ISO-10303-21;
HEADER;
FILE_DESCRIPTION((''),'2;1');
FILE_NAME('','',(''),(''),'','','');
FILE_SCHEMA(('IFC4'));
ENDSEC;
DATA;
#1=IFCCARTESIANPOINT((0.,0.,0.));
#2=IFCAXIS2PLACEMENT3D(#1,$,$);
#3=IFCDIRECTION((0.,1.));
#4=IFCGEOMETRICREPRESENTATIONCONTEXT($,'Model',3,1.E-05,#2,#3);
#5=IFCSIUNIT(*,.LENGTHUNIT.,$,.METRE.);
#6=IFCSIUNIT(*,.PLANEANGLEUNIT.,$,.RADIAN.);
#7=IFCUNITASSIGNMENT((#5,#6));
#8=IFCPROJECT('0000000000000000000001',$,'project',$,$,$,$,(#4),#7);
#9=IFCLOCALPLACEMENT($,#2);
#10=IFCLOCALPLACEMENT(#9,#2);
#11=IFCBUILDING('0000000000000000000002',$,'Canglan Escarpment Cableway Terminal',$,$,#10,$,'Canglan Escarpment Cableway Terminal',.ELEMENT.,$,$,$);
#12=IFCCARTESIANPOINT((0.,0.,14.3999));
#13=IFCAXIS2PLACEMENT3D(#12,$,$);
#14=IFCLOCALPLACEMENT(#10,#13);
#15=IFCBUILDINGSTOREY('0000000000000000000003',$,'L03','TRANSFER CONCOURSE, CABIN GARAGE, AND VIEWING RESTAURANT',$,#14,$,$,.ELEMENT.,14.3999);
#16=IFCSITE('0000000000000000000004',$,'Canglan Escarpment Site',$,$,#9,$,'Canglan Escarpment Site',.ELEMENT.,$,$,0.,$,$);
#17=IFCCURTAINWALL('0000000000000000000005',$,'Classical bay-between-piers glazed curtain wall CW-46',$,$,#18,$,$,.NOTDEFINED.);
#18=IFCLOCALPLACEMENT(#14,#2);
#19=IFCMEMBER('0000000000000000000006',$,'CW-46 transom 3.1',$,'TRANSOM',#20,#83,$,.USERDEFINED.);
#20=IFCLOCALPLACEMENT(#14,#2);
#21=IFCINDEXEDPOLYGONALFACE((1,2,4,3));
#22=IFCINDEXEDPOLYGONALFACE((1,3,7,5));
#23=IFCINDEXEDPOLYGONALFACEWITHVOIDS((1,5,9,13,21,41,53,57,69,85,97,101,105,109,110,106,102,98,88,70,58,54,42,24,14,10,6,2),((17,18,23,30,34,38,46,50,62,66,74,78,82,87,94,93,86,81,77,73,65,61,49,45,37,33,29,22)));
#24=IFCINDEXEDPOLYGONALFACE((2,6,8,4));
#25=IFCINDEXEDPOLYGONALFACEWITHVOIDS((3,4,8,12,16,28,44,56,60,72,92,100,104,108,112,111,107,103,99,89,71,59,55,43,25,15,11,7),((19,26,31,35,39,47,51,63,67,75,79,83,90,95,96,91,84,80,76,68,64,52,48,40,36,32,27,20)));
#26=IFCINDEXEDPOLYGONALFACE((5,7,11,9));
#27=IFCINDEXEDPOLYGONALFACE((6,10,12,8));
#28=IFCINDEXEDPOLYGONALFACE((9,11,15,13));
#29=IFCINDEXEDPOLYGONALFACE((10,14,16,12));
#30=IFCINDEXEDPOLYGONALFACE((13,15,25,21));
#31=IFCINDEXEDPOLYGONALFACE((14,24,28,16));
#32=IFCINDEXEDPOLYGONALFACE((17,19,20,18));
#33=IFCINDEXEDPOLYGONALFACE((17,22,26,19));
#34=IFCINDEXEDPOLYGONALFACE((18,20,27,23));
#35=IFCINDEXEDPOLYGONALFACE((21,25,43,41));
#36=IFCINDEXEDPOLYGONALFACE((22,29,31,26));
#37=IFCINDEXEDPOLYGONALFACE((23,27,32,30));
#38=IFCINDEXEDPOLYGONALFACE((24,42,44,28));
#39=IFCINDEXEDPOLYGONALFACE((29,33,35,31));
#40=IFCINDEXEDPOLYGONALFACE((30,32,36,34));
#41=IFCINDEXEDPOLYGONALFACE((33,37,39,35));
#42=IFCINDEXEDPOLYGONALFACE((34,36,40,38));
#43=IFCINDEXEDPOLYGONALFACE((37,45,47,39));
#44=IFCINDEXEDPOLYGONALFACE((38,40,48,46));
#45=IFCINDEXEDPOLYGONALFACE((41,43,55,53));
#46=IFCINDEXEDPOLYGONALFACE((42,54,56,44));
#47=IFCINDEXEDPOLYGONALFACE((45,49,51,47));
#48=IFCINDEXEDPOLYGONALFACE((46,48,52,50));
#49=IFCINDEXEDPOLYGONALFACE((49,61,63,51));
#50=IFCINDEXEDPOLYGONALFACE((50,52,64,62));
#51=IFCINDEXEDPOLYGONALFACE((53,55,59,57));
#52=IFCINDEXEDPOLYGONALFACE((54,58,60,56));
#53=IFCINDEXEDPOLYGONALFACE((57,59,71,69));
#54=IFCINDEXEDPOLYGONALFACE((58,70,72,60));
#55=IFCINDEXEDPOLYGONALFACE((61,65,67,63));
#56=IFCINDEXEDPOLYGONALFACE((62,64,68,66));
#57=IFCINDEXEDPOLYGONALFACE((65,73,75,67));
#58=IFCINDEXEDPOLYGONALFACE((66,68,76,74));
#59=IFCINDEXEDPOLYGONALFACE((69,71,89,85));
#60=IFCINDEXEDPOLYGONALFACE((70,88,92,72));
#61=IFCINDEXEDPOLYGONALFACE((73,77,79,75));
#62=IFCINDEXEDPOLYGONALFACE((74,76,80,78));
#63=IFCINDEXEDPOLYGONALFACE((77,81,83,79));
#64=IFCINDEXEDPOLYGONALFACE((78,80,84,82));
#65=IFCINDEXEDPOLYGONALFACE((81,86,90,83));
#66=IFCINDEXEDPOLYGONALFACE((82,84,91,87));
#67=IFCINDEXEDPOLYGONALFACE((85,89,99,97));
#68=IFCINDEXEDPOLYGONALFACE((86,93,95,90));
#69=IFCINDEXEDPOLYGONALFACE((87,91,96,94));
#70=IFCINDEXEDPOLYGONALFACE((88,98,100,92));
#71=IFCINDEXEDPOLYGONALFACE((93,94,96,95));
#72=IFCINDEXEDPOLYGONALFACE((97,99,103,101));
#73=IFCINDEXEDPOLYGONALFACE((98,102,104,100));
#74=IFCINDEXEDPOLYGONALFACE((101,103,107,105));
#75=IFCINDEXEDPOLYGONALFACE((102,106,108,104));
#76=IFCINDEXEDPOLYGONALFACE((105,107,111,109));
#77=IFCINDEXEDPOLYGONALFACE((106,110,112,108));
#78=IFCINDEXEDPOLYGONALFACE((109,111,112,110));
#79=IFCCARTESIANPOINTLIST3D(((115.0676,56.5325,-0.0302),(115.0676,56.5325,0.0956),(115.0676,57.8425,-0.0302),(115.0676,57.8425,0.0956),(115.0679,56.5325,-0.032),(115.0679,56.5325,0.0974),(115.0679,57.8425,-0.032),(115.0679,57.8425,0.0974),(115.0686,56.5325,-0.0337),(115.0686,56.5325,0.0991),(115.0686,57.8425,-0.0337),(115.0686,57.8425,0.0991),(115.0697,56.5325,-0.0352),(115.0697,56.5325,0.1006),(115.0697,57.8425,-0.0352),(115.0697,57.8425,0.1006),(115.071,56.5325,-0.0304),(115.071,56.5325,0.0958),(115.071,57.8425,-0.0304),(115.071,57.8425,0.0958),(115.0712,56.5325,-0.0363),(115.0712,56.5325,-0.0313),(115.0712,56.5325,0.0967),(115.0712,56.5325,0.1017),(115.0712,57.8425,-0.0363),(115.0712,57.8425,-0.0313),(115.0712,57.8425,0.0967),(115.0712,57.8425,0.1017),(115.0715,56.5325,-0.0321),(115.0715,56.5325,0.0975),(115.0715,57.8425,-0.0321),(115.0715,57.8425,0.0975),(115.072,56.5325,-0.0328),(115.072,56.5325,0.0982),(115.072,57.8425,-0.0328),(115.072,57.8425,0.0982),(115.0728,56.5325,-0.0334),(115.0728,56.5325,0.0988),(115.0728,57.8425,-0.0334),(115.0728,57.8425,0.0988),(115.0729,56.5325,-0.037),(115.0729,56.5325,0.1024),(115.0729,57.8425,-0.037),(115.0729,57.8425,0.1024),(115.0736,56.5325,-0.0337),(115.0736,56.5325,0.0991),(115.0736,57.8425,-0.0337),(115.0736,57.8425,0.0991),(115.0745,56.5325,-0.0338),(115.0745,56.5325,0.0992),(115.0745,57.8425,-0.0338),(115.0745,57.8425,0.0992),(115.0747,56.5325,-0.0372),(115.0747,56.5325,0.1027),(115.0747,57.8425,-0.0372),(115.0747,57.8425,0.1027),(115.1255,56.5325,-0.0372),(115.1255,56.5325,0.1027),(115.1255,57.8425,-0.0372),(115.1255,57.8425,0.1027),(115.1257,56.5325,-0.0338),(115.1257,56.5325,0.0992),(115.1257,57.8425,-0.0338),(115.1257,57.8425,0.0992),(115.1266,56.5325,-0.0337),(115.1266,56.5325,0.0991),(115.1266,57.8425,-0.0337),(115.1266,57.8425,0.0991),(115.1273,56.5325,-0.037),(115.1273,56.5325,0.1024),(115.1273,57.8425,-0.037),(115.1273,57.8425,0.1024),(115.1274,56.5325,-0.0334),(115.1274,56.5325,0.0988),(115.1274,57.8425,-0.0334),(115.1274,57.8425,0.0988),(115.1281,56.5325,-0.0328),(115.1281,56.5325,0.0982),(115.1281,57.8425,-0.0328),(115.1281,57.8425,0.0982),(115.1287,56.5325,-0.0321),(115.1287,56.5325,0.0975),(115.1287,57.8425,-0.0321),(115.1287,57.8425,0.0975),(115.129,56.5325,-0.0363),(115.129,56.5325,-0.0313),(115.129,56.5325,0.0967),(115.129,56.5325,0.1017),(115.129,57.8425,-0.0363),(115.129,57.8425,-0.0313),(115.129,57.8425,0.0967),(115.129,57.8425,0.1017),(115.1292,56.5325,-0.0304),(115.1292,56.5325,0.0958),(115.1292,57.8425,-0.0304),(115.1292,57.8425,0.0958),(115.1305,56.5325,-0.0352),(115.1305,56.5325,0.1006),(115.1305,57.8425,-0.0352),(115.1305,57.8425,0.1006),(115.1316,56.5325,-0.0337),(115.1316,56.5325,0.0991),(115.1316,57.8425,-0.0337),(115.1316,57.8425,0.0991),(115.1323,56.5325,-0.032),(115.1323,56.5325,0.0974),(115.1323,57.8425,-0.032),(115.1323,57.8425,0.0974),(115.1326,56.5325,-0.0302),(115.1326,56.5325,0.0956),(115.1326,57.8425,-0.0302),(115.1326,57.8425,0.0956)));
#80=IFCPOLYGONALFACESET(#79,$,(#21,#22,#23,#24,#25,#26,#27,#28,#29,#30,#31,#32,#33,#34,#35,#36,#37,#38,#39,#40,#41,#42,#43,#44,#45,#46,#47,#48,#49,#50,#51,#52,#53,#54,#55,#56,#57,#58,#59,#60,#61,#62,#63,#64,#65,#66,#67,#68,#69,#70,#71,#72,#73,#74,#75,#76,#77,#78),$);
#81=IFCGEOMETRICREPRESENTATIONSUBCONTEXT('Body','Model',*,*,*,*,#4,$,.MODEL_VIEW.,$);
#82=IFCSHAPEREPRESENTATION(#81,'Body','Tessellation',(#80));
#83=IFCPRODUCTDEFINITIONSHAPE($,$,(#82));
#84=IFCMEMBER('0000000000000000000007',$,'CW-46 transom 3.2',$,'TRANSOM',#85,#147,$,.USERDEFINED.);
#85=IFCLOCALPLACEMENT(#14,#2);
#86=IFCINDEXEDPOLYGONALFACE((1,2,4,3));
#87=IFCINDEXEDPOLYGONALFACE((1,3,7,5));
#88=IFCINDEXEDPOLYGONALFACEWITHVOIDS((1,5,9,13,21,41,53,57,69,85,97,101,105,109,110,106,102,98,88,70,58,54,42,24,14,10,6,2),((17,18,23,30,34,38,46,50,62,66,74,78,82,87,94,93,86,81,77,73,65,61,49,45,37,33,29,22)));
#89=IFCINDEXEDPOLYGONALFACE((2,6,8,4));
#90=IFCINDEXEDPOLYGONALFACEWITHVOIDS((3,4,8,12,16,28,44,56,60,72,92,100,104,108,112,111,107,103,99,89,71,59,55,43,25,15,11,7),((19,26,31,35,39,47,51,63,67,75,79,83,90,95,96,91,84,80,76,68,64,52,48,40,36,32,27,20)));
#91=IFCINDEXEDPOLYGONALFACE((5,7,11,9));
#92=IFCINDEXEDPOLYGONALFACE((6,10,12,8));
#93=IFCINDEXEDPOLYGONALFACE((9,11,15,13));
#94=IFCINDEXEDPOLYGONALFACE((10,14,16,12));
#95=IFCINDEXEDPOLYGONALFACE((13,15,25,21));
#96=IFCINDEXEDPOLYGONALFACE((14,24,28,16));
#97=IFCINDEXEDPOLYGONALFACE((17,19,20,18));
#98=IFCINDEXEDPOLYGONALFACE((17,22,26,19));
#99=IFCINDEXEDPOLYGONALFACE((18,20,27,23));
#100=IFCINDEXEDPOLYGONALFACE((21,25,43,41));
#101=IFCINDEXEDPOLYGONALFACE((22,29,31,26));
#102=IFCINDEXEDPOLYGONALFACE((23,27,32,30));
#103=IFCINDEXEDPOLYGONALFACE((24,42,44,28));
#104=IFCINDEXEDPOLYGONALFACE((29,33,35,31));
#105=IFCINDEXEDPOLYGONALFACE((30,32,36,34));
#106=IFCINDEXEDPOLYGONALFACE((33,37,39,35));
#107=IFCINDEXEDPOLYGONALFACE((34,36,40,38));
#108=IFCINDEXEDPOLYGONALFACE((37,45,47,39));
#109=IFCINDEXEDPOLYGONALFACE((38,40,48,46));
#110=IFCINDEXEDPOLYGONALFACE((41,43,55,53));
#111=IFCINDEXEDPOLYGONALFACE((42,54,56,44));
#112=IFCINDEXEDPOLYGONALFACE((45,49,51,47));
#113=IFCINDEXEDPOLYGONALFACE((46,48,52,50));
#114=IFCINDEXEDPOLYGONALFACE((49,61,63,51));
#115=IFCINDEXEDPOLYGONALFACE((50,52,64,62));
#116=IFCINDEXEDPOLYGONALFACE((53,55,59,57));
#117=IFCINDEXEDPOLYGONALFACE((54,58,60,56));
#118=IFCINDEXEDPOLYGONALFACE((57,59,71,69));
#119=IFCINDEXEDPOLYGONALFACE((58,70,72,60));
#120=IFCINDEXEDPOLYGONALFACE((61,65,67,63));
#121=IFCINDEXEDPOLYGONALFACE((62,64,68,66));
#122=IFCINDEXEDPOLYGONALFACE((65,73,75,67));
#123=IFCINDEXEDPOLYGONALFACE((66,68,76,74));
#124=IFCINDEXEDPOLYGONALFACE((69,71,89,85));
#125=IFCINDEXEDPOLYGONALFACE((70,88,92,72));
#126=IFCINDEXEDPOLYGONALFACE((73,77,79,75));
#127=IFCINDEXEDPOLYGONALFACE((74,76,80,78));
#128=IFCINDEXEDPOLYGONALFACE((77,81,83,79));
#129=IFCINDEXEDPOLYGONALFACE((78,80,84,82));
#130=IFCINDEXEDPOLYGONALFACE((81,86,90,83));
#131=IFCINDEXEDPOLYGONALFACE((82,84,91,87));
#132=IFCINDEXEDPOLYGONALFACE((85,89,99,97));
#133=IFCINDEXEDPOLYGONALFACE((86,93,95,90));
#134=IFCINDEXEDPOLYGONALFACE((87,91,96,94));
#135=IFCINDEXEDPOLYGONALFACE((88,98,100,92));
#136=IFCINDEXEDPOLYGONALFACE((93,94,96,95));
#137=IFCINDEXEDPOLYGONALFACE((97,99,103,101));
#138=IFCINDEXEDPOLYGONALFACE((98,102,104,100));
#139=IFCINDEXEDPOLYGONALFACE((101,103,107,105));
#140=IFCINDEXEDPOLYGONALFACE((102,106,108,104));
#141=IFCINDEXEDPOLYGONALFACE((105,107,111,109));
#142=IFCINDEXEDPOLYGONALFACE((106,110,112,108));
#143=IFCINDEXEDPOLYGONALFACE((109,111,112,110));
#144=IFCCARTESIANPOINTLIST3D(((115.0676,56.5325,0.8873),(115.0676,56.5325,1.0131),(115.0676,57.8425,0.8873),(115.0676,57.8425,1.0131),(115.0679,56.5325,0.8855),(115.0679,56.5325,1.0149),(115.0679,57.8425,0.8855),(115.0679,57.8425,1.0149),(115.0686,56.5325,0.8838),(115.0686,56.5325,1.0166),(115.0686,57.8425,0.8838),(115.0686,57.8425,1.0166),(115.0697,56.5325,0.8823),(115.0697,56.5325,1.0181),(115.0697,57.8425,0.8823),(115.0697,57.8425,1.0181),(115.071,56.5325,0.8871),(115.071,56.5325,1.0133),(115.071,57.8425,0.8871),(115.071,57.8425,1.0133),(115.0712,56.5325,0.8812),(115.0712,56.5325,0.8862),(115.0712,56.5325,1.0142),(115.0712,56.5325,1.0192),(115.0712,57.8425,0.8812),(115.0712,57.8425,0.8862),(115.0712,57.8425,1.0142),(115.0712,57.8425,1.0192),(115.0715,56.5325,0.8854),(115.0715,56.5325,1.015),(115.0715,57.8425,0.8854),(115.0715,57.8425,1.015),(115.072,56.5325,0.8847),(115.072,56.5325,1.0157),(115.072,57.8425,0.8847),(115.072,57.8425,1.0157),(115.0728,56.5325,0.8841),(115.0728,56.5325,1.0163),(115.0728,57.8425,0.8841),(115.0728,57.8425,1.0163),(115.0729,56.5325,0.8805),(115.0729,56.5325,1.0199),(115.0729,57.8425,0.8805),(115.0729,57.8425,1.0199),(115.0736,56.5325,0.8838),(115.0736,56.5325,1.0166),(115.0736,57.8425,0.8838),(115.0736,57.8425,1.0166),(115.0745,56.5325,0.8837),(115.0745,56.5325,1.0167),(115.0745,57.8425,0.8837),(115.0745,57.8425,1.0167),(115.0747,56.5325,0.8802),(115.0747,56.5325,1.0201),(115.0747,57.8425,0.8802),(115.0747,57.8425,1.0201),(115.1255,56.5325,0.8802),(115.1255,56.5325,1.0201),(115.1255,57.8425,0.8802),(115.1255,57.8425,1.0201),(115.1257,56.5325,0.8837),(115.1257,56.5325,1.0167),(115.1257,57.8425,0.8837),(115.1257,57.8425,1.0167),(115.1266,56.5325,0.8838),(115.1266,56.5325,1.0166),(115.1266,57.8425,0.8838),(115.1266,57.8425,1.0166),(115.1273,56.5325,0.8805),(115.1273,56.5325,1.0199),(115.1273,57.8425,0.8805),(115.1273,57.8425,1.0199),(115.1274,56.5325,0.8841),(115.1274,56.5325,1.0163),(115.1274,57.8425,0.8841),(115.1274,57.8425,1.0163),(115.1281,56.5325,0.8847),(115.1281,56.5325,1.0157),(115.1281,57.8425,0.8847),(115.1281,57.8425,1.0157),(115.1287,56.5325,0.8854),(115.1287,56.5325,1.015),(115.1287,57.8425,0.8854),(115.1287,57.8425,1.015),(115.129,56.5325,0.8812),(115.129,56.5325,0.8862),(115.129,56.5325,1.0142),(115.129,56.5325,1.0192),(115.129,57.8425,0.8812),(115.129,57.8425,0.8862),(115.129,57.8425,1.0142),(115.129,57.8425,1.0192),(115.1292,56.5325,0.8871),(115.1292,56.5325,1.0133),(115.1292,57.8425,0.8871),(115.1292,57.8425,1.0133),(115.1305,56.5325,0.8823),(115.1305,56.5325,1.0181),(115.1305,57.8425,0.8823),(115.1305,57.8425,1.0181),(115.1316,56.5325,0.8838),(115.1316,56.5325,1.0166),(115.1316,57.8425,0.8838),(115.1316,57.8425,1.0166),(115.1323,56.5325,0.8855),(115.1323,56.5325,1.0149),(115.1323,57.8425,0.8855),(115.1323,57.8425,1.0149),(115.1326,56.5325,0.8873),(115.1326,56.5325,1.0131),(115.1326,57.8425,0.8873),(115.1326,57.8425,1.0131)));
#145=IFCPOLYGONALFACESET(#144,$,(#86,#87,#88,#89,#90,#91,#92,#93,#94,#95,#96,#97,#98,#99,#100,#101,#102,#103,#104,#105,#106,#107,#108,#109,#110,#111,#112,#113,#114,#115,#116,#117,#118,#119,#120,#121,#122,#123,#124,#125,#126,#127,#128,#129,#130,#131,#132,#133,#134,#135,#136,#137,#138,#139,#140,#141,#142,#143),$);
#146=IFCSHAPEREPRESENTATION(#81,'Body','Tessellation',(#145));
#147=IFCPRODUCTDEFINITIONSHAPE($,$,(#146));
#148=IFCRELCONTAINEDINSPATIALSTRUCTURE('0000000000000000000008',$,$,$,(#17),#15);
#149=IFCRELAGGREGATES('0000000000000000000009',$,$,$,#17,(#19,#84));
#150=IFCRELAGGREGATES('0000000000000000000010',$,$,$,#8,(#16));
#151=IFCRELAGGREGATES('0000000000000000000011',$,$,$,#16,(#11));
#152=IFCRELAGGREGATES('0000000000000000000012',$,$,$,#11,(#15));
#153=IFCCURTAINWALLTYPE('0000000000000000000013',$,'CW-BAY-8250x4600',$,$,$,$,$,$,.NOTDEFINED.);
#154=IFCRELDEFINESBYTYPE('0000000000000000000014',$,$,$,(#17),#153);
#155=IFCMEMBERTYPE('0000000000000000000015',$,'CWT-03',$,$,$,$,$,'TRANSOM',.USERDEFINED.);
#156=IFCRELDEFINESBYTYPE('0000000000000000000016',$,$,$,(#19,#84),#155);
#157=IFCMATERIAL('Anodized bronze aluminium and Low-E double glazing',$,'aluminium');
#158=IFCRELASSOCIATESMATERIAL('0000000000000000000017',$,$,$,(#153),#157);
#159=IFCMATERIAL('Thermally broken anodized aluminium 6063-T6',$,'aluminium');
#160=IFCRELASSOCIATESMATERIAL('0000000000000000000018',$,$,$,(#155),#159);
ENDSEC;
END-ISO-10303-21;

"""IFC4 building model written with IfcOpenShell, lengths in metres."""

from ifc_helpers import new_model, si_unit, direction, frame, origin, origin_2d, place, context, subcontext, project, spatial, hollow_rectangle, extrude, material, material_profile, profile_set, type_object, element, aggregate, save


model = new_model("IFC4")

# Units and contexts
model_context = context("Model", 3, precision=1e-05, world=origin(), true_north=direction((0.0, 1.0)))
body_context = subcontext(model_context, "Body", "Model", "MODEL_VIEW")
ifc_project = project(units=[si_unit("LENGTHUNIT", "METRE"), si_unit("PLANEANGLEUNIT", "RADIAN")], contexts=[model_context])

# Site, building, storey
site_placement = place(None, origin())
site = spatial("IfcSite", under=ifc_project, at=site_placement, Name="Canglan Escarpment Site", LongName="Canglan Escarpment Site", CompositionType="ELEMENT", RefElevation=0.0)
building_placement = place(site_placement, origin())
building = spatial("IfcBuilding", under=site, at=building_placement, Name="Canglan Escarpment Cableway Terminal", LongName="Canglan Escarpment Cableway Terminal", CompositionType="ELEMENT")
storey_placement = place(building_placement, frame((0.0, 0.0, 14.3999)))
storey = spatial("IfcBuildingStorey", under=building, at=storey_placement, Name="L03", Description="TRANSFER CONCOURSE, CABIN GARAGE, AND VIEWING RESTAURANT", CompositionType="ELEMENT", Elevation=14.3999)

# Curtain wall, members
ifc_material_1 = material(Name="Anodized bronze aluminium and Low-E double glazing", Category="aluminium")
curtain_wall_type = type_object("IfcCurtainWallType", Name="CW-BAY-8250x4600", PredefinedType="NOTDEFINED", material=ifc_material_1)
curtain_wall_placement = place(storey_placement, origin())
curtain_wall = element("IfcCurtainWall", 1, at=curtain_wall_placement, inside=storey, type_object=curtain_wall_type, Name="Classical bay-between-piers glazed curtain wall CW-46", PredefinedType="NOTDEFINED")
ifc_material_2 = material(Name="Thermally broken anodized aluminium 6063-T6", Category="aluminium")
ifc_material_profile_1 = material_profile(ifc_material_2, hollow_rectangle(XDim=0.0649, YDim=0.1399, WallThickness=0.0034, InnerFilletRadius=0.0034, OuterFilletRadius=0.0071, at=origin_2d()), Name="ALU-TRAN 65x140x3.5")
ifc_profile_set_1 = profile_set([ifc_material_profile_1], Name="Thermally broken anodized aluminium 6063-T6")
member_type_1 = type_object("IfcMemberType", Name="CWT-03", ElementType="TRANSOM", PredefinedType="USERDEFINED", material=ifc_profile_set_1)
member_1_placement = place(storey_placement, frame((115.1001, 57.8425, 0.0327), z_axis=(0.0, -1.0, 0.0), x_axis=(1.0, 0.0, 0.0)))
member_1 = element("IfcMember", 2, at=member_1_placement, type_object=member_type_1, Name="CW-46 transom 3.1", ObjectType="TRANSOM", PredefinedType="USERDEFINED", context=body_context, shape_type="SweptSolid", body=[
    extrude(hollow_rectangle(XDim=0.0649, YDim=0.1399, WallThickness=0.0034, InnerFilletRadius=0.0034, OuterFilletRadius=0.0071, at=origin_2d()), origin(), (0.0, 0.0, 1.0), 1.3101),
])
member_2_placement = place(storey_placement, frame((115.1001, 57.8425, 0.9502), z_axis=(0.0, -1.0, 0.0), x_axis=(1.0, 0.0, 0.0)))
member_2 = element("IfcMember", 3, at=member_2_placement, type_object=member_type_1, Name="CW-46 transom 3.2", ObjectType="TRANSOM", PredefinedType="USERDEFINED", context=body_context, shape_type="SweptSolid", body=[
    extrude(hollow_rectangle(XDim=0.0649, YDim=0.1399, WallThickness=0.0034, InnerFilletRadius=0.0034, OuterFilletRadius=0.0071, at=origin_2d()), origin(), (0.0, 0.0, 1.0), 1.3101),
])
aggregate(curtain_wall, [member_1, member_2])

save(model, "model.ifc")
